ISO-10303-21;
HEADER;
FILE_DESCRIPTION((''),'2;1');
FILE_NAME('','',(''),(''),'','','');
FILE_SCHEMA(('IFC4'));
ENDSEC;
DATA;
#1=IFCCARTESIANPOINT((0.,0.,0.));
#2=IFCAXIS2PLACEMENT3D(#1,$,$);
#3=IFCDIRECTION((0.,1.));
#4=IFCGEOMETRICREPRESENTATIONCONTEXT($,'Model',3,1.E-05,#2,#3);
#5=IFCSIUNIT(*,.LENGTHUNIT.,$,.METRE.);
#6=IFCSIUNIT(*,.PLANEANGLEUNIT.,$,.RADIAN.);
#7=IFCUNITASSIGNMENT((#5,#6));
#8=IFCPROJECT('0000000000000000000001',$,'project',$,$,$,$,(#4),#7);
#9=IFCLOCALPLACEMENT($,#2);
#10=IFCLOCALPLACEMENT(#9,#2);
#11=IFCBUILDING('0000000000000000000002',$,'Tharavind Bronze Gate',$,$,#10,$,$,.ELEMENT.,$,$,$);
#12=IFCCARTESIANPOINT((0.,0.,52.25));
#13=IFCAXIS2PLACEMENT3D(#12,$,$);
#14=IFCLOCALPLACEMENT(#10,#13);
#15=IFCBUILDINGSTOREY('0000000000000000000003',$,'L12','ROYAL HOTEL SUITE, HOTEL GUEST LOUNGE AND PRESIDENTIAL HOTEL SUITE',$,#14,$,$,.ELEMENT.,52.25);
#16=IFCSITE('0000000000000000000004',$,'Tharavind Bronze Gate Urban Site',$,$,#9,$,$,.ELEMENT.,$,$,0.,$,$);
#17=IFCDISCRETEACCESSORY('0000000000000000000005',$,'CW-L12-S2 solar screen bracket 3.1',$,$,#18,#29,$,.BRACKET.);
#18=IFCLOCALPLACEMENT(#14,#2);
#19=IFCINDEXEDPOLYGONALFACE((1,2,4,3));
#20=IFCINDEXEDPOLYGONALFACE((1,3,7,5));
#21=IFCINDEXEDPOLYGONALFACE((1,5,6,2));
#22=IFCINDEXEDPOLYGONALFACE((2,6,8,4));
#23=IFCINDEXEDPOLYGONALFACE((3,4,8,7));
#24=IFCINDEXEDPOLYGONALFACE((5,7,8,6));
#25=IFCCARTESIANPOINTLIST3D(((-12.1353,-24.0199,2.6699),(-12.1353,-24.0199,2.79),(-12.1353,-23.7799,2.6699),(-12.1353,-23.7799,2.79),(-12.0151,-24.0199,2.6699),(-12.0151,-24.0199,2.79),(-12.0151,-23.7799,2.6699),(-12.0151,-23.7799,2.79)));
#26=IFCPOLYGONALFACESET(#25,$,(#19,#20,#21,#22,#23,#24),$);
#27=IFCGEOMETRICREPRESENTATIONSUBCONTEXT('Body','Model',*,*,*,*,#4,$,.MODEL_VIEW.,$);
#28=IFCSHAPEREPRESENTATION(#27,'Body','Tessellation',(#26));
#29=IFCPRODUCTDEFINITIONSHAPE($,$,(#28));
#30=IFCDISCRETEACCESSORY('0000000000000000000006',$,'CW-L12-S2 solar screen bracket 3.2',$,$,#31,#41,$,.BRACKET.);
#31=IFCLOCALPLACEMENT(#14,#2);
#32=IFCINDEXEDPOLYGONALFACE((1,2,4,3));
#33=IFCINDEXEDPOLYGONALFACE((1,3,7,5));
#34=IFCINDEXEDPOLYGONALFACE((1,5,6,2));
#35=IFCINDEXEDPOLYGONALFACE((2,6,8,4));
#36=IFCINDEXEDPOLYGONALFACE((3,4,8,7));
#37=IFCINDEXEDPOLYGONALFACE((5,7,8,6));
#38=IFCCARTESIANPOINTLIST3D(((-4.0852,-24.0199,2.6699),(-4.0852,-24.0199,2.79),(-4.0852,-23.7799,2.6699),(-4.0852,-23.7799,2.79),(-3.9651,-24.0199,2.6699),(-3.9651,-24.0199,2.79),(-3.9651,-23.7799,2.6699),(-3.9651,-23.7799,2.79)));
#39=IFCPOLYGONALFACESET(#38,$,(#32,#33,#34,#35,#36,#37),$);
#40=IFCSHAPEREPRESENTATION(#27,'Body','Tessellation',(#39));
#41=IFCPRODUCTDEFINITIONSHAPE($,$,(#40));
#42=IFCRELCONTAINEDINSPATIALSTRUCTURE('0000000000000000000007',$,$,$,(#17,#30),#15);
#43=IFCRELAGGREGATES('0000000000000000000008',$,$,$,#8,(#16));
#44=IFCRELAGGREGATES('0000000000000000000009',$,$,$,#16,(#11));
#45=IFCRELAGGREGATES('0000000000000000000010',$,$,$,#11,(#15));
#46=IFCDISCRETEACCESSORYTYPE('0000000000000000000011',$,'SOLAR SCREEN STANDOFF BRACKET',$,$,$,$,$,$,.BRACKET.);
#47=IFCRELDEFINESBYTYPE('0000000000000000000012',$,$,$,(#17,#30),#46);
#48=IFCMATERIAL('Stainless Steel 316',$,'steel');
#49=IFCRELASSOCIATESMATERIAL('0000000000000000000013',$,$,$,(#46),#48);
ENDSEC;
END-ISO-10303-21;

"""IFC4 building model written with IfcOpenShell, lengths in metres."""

from ifc_helpers import new_model, si_unit, direction, frame, origin, origin_2d, place, context, subcontext, project, spatial, rectangle, extrude, material, type_object, element, save


model = new_model("IFC4")

# Units and contexts
model_context = context("Model", 3, precision=1e-05, world=origin(), true_north=direction((0.0, 1.0)))
body_context = subcontext(model_context, "Body", "Model", "MODEL_VIEW")
ifc_project = project(units=[si_unit("LENGTHUNIT", "METRE"), si_unit("PLANEANGLEUNIT", "RADIAN")], contexts=[model_context])

# Site, building, storey
site_placement = place(None, origin())
site = spatial("IfcSite", under=ifc_project, at=site_placement, Name="Tharavind Bronze Gate Urban Site", CompositionType="ELEMENT", RefElevation=0.0)
building_placement = place(site_placement, origin())
building = spatial("IfcBuilding", under=site, at=building_placement, Name="Tharavind Bronze Gate", CompositionType="ELEMENT")
storey_placement = place(building_placement, frame((0.0, 0.0, 52.25)))
storey = spatial("IfcBuildingStorey", under=building, at=storey_placement, Name="L12", Description="ROYAL HOTEL SUITE, HOTEL GUEST LOUNGE AND PRESIDENTIAL HOTEL SUITE", CompositionType="ELEMENT", Elevation=52.25)

# Discrete accessories
ifc_material_1 = material(Name="Stainless Steel 316", Category="steel")
discrete_accessory_type = type_object("IfcDiscreteAccessoryType", Name="SOLAR SCREEN STANDOFF BRACKET", PredefinedType="BRACKET", material=ifc_material_1)
for number, where, z_axis, x_axis, name in (
    (1, (-12.0752, -23.8999, 2.6699), (0.0, 0.0, 1.0), (1.0, 0.0, 0.0), "CW-L12-S2 solar screen bracket 3.1"),
    (2, (-4.0251, -23.8999, 2.6699), (0.0, 0.0, 1.0), (1.0, 0.0, 0.0), "CW-L12-S2 solar screen bracket 3.2"),
):
    element("IfcDiscreteAccessory", number, at=place(storey_placement, frame(where, z_axis=z_axis, x_axis=x_axis)), inside=storey, type_object=discrete_accessory_type, Name=name, PredefinedType="BRACKET", context=body_context, shape_type="SweptSolid", body=[
        extrude(rectangle(XDim=0.1201, YDim=0.24, at=origin_2d()), origin(), (0.0, 0.0, 1.0), 0.1201),
    ])

save(model, "model.ifc")
